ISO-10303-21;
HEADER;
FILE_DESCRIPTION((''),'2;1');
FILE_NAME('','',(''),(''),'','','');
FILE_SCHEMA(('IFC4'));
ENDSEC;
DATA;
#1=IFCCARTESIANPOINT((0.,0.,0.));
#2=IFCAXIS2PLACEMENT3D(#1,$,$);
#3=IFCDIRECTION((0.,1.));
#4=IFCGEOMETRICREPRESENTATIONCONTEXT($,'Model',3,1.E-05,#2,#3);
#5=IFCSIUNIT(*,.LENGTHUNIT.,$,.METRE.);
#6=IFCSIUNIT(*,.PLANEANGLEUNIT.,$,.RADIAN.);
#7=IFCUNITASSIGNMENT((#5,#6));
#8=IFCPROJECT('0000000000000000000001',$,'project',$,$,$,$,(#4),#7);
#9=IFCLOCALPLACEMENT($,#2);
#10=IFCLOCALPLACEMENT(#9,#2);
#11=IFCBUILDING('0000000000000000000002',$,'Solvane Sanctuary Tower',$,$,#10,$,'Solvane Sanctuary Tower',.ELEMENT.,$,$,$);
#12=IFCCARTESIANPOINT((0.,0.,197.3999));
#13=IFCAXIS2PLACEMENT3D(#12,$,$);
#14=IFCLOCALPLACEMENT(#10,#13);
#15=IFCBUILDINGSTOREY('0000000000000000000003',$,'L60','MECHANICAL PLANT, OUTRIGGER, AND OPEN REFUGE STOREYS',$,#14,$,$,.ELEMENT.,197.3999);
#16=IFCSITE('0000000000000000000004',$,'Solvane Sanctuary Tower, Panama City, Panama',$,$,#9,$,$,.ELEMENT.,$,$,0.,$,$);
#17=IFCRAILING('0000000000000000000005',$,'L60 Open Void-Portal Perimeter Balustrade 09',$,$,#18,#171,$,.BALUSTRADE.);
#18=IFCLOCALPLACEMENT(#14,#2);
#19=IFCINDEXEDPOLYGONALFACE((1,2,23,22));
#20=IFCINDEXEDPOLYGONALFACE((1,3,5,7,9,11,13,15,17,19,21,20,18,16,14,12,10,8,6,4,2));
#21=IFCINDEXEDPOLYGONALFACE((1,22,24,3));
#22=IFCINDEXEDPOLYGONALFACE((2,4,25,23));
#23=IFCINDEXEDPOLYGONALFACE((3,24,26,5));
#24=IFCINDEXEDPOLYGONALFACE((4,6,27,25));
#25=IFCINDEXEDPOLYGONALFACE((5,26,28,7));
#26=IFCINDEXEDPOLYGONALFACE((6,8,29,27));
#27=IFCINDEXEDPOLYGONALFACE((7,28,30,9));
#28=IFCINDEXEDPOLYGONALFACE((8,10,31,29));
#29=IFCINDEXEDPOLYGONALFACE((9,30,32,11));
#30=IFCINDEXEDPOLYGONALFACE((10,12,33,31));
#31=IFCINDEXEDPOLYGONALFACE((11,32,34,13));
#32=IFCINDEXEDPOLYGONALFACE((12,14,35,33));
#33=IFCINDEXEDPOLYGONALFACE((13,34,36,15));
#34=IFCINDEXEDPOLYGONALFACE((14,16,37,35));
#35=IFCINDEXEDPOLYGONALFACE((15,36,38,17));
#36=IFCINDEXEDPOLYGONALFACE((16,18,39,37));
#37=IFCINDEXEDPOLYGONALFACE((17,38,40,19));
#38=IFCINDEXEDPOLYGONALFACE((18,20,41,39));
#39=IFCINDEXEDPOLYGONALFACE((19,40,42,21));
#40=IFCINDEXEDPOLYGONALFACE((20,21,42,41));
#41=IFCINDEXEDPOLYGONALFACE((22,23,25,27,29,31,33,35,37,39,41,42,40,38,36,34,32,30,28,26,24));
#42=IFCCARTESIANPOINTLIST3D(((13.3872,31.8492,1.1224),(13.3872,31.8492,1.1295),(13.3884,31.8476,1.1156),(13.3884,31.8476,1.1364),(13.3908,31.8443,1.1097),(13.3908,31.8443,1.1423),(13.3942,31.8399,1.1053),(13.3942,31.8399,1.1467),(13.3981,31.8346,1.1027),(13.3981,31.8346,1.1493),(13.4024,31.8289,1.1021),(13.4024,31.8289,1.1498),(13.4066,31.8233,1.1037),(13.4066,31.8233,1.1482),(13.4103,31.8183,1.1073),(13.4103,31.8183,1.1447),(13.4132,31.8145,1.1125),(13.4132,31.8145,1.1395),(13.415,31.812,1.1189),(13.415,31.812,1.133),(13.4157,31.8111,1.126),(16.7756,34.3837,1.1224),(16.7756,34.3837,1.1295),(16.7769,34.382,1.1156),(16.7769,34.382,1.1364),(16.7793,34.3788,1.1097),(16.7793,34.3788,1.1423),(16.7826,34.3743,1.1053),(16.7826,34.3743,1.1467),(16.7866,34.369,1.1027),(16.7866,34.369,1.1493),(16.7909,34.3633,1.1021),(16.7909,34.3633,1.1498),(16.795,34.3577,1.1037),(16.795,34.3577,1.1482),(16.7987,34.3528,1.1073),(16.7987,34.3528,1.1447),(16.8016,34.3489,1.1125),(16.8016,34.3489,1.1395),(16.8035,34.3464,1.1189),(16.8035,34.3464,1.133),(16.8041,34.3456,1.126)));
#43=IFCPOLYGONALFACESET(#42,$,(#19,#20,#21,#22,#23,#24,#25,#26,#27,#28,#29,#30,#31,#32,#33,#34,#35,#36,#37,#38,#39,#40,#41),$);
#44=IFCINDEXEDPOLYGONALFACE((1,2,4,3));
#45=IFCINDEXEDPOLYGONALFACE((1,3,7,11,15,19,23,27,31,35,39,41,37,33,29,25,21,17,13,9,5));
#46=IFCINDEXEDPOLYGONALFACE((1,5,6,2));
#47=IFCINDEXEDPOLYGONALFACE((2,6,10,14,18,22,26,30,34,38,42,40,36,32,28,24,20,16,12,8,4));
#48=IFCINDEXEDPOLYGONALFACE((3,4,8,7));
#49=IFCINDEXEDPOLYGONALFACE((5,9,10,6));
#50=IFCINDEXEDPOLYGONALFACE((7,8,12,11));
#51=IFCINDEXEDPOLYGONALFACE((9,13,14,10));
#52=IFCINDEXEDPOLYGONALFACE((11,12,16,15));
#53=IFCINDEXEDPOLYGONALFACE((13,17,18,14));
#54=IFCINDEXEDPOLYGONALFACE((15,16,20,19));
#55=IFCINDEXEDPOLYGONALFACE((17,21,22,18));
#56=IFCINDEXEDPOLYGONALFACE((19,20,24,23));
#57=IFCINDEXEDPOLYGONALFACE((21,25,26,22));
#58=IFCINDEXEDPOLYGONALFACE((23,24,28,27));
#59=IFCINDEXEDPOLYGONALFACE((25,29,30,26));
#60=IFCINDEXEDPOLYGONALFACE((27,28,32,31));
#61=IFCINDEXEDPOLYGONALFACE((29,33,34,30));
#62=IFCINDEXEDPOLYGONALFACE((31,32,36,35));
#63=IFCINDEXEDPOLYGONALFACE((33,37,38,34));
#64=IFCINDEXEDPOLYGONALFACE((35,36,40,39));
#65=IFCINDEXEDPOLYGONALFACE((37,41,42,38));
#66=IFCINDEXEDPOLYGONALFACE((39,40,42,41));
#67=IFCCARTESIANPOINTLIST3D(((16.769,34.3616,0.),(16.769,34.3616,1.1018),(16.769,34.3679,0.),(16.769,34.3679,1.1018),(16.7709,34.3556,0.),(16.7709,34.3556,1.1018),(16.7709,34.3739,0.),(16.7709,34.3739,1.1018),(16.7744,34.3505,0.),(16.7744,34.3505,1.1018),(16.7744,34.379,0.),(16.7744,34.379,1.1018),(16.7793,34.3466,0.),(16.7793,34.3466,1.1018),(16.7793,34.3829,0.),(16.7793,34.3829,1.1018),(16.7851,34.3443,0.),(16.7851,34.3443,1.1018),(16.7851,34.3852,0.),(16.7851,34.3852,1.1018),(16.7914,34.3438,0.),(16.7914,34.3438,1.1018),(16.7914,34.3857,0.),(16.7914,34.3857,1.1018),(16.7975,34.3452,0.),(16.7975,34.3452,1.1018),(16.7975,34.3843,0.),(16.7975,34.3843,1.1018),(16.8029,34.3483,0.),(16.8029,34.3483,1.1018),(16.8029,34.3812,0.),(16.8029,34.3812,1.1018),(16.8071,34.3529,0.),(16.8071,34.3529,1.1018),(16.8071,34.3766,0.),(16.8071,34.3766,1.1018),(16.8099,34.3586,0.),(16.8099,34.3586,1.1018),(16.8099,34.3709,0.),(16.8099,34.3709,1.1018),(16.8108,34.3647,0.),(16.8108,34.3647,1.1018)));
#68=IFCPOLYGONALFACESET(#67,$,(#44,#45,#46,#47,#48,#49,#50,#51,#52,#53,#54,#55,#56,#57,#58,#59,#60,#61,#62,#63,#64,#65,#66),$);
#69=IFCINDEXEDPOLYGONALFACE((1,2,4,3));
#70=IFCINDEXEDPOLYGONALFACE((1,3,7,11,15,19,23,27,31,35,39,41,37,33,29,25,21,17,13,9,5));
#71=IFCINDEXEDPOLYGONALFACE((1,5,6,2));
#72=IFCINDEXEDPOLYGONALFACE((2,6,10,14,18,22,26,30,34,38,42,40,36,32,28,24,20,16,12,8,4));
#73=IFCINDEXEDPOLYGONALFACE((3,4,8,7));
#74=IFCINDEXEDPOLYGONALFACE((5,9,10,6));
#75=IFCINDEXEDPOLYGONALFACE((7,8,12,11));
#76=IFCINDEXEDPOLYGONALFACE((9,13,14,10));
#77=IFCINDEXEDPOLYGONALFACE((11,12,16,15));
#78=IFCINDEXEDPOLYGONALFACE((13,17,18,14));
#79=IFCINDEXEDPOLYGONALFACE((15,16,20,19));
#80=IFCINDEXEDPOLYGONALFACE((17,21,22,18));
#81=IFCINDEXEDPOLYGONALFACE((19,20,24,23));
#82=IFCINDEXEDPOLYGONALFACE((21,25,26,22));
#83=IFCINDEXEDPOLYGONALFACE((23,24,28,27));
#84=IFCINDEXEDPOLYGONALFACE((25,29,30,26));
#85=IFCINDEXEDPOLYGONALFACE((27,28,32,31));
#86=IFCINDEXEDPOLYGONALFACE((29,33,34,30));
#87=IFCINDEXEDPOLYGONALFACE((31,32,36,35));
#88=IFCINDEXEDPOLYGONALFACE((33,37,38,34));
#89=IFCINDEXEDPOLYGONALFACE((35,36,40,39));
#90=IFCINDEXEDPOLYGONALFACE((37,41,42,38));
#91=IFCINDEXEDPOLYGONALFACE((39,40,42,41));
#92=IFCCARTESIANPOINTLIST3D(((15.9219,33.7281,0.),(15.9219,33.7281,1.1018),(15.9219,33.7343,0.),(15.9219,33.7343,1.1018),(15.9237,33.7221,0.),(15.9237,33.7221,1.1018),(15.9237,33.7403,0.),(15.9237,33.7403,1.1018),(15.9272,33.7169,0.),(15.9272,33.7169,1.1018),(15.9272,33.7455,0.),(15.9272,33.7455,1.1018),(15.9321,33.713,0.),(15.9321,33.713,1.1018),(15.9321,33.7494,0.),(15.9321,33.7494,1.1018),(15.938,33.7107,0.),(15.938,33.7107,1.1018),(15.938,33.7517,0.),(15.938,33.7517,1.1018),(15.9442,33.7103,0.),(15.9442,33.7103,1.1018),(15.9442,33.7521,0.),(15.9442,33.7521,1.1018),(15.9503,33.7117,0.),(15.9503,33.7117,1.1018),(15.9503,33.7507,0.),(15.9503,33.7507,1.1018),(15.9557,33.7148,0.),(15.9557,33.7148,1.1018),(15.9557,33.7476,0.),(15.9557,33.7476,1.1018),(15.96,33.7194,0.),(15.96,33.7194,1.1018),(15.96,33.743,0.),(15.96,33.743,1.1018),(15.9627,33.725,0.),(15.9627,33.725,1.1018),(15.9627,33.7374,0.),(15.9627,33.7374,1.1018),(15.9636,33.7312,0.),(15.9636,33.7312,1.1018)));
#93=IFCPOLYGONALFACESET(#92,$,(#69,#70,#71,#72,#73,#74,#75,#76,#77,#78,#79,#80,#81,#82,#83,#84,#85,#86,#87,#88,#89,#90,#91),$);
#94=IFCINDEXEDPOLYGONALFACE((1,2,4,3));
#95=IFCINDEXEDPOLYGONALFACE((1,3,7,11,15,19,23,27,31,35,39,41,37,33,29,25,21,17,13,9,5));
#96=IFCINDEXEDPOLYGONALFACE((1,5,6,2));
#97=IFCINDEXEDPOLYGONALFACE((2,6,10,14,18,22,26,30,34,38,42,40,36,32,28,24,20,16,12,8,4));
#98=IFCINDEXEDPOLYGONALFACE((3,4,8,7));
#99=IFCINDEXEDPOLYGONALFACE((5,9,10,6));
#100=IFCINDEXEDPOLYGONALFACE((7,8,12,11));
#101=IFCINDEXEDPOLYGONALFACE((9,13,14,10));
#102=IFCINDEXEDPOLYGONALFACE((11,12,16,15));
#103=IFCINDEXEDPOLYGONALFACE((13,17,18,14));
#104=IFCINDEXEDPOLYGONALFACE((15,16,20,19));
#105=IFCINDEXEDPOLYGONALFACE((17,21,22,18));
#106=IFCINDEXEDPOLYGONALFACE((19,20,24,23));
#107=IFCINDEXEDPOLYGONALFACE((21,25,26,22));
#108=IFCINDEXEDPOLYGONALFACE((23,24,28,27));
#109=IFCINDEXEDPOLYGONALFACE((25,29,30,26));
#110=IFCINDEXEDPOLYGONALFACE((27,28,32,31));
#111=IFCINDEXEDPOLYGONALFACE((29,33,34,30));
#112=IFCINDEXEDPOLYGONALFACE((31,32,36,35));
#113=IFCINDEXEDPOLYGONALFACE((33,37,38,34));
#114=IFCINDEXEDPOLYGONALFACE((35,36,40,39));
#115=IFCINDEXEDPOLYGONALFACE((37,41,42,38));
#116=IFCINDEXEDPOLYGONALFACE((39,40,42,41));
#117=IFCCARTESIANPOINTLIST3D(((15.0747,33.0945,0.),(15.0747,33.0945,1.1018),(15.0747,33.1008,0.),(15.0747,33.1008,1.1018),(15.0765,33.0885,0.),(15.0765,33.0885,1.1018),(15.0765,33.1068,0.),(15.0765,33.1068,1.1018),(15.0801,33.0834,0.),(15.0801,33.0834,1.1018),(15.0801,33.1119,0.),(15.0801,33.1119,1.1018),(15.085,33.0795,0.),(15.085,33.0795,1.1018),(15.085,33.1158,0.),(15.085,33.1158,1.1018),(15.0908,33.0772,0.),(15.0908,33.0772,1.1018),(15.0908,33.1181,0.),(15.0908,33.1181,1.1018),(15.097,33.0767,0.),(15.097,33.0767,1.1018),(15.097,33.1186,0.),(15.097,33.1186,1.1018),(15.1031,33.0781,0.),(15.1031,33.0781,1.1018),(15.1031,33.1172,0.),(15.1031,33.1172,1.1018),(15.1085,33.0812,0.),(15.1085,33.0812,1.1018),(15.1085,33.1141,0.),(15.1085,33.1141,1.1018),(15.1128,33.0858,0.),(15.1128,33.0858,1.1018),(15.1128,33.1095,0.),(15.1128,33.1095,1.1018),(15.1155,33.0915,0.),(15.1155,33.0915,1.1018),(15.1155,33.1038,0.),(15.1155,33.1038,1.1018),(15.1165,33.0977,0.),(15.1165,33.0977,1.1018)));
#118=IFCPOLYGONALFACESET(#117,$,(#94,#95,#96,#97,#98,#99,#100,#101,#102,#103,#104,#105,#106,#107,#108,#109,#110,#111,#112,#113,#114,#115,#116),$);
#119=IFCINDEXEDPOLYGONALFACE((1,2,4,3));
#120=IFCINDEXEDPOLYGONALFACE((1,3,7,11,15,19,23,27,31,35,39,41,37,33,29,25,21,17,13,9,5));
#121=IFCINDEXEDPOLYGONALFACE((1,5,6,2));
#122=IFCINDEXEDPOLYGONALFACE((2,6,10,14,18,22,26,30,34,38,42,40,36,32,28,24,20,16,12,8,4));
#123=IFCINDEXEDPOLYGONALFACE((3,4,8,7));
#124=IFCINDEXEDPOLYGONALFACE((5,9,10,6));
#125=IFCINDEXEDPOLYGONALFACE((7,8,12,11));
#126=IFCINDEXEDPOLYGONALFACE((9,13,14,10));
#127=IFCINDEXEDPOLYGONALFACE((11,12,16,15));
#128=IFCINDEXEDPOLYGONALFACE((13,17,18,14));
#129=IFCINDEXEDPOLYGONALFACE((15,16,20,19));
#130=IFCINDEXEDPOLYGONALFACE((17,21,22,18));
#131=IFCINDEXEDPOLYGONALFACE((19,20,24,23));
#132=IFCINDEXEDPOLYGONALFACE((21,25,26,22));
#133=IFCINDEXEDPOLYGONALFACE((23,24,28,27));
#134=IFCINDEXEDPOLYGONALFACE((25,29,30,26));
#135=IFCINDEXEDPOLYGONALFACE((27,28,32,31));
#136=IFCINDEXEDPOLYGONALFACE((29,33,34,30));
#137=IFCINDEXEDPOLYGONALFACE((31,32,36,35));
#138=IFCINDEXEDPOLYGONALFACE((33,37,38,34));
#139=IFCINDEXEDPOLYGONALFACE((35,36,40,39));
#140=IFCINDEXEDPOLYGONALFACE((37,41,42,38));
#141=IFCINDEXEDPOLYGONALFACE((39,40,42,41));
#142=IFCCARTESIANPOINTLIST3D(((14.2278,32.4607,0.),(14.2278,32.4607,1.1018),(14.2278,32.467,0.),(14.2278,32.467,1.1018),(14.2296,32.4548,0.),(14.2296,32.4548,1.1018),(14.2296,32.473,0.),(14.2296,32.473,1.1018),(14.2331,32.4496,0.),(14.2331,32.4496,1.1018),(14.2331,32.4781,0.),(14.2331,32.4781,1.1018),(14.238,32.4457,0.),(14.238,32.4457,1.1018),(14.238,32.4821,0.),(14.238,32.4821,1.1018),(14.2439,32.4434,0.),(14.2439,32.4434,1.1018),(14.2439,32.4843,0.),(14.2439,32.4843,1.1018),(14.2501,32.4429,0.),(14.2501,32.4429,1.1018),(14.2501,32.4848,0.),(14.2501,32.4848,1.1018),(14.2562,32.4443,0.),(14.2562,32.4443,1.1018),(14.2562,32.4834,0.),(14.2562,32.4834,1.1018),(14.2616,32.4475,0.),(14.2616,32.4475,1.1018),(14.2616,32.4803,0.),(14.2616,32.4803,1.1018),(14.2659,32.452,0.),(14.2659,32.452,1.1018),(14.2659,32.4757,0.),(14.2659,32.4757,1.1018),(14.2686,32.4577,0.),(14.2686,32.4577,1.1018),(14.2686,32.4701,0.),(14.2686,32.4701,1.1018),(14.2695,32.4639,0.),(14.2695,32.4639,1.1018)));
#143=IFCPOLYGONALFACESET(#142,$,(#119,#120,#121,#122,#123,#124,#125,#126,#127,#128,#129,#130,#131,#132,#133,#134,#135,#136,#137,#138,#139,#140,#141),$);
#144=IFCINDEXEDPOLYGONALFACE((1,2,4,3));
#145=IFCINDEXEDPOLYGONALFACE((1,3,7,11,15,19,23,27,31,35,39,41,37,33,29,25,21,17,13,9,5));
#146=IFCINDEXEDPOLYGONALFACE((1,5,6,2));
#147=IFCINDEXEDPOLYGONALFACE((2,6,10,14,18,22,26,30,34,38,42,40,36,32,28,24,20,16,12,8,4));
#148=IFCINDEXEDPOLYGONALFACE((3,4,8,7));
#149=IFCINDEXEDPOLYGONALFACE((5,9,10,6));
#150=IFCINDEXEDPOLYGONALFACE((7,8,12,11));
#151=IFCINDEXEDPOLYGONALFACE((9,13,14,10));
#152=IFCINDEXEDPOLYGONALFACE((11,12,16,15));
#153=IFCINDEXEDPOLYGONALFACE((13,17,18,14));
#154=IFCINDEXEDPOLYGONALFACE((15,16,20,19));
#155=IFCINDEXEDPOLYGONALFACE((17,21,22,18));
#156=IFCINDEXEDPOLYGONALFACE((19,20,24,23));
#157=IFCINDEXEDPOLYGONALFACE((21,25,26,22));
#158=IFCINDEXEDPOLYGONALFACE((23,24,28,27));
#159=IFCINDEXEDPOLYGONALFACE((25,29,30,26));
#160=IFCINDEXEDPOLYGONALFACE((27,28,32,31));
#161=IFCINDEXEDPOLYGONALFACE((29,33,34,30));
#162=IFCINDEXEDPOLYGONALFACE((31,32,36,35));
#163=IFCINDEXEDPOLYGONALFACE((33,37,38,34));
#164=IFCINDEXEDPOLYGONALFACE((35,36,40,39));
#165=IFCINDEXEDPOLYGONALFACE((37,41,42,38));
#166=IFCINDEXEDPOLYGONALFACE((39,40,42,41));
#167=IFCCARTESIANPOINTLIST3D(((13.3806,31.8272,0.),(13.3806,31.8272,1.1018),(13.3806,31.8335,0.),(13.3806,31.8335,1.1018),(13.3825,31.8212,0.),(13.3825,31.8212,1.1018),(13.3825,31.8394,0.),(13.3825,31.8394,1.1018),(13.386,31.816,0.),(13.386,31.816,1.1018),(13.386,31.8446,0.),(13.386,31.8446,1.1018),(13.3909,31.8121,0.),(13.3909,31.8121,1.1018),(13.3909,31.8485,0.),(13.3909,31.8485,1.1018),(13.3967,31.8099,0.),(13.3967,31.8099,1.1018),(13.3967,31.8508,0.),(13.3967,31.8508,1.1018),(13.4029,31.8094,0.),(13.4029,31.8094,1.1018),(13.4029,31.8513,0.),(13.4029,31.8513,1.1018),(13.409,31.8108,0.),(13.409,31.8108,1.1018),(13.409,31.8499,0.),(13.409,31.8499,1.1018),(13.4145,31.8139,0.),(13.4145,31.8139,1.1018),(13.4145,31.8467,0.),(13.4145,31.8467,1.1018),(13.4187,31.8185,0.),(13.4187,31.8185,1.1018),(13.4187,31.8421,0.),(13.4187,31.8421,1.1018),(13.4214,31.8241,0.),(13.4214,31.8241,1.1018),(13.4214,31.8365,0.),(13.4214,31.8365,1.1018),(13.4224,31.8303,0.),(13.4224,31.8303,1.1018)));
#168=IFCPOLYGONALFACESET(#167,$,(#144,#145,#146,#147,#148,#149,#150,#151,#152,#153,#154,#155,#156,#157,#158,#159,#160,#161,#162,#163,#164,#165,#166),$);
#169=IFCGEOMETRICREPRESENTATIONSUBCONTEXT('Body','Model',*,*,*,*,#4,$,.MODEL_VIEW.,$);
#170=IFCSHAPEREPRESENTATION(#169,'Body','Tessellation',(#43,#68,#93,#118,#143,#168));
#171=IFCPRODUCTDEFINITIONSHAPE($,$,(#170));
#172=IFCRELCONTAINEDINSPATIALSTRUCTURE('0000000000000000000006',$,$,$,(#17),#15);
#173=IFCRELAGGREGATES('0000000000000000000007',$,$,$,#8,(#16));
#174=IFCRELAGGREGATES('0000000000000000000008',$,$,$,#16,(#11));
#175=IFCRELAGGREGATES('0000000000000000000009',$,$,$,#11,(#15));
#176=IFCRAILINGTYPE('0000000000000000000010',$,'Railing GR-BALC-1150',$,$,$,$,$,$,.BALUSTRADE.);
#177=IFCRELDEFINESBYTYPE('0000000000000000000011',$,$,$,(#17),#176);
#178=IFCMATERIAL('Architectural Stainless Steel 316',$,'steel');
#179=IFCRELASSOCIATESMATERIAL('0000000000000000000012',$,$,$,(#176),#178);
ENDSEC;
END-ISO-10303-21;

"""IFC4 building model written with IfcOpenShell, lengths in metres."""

from ifc_helpers import new_model, si_unit, direction, frame, origin, origin_2d, place, context, subcontext, project, spatial, circle, extrude, material, type_object, element, save


model = new_model("IFC4")

# Units and contexts
model_context = context("Model", 3, precision=1e-05, world=origin(), true_north=direction((0.0, 1.0)))
body_context = subcontext(model_context, "Body", "Model", "MODEL_VIEW")
ifc_project = project(units=[si_unit("LENGTHUNIT", "METRE"), si_unit("PLANEANGLEUNIT", "RADIAN")], contexts=[model_context])

# Site, building, storey
site_placement = place(None, origin())
site = spatial("IfcSite", under=ifc_project, at=site_placement, Name="Solvane Sanctuary Tower, Panama City, Panama", CompositionType="ELEMENT", RefElevation=0.0)
building_placement = place(site_placement, origin())
building = spatial("IfcBuilding", under=site, at=building_placement, Name="Solvane Sanctuary Tower", LongName="Solvane Sanctuary Tower", CompositionType="ELEMENT")
storey_placement = place(building_placement, frame((0.0, 0.0, 197.3999)))
storey = spatial("IfcBuildingStorey", under=building, at=storey_placement, Name="L60", Description="MECHANICAL PLANT, OUTRIGGER, AND OPEN REFUGE STOREYS", CompositionType="ELEMENT", Elevation=197.3999)

# Shared definitions
ifc_material_1 = material(Name="Architectural Stainless Steel 316", Category="steel")

# Railing
railing_type_1 = type_object("IfcRailingType", Name="Railing GR-BALC-1150", PredefinedType="BALUSTRADE", material=ifc_material_1)
railing_1_placement = place(storey_placement, frame((16.7898, 34.3647, 0.0)))
element("IfcRailing", 1, at=railing_1_placement, inside=storey, type_object=railing_type_1, Name="L60 Open Void-Portal Perimeter Balustrade 09", PredefinedType="BALUSTRADE", context=body_context, shape_type="SweptSolid", body=[
    extrude(circle(Radius=0.0239, at=origin_2d()), frame((0.0, 0.0, 1.126), z_axis=(-0.800782, -0.598956, 0.0), x_axis=(0.598956, -0.800782, 0.0)), (0.0, 0.0, 1.0), 4.2314),
    extrude(circle(Radius=0.021, at=origin_2d()), origin(), (0.0, 0.0, 1.0), 1.1018),
    extrude(circle(Radius=0.021, at=origin_2d()), frame((-0.8472, -0.6335, 0.0)), (0.0, 0.0, 1.0), 1.1018),
    extrude(circle(Radius=0.021, at=origin_2d()), frame((-1.6943, -1.2671, 0.0)), (0.0, 0.0, 1.0), 1.1018),
    extrude(circle(Radius=0.021, at=origin_2d()), frame((-2.5413, -1.9009, 0.0)), (0.0, 0.0, 1.0), 1.1018),
    extrude(circle(Radius=0.021, at=origin_2d()), frame((-3.3884, -2.5344, 0.0)), (0.0, 0.0, 1.0), 1.1018),
])

save(model, "model.ifc")
